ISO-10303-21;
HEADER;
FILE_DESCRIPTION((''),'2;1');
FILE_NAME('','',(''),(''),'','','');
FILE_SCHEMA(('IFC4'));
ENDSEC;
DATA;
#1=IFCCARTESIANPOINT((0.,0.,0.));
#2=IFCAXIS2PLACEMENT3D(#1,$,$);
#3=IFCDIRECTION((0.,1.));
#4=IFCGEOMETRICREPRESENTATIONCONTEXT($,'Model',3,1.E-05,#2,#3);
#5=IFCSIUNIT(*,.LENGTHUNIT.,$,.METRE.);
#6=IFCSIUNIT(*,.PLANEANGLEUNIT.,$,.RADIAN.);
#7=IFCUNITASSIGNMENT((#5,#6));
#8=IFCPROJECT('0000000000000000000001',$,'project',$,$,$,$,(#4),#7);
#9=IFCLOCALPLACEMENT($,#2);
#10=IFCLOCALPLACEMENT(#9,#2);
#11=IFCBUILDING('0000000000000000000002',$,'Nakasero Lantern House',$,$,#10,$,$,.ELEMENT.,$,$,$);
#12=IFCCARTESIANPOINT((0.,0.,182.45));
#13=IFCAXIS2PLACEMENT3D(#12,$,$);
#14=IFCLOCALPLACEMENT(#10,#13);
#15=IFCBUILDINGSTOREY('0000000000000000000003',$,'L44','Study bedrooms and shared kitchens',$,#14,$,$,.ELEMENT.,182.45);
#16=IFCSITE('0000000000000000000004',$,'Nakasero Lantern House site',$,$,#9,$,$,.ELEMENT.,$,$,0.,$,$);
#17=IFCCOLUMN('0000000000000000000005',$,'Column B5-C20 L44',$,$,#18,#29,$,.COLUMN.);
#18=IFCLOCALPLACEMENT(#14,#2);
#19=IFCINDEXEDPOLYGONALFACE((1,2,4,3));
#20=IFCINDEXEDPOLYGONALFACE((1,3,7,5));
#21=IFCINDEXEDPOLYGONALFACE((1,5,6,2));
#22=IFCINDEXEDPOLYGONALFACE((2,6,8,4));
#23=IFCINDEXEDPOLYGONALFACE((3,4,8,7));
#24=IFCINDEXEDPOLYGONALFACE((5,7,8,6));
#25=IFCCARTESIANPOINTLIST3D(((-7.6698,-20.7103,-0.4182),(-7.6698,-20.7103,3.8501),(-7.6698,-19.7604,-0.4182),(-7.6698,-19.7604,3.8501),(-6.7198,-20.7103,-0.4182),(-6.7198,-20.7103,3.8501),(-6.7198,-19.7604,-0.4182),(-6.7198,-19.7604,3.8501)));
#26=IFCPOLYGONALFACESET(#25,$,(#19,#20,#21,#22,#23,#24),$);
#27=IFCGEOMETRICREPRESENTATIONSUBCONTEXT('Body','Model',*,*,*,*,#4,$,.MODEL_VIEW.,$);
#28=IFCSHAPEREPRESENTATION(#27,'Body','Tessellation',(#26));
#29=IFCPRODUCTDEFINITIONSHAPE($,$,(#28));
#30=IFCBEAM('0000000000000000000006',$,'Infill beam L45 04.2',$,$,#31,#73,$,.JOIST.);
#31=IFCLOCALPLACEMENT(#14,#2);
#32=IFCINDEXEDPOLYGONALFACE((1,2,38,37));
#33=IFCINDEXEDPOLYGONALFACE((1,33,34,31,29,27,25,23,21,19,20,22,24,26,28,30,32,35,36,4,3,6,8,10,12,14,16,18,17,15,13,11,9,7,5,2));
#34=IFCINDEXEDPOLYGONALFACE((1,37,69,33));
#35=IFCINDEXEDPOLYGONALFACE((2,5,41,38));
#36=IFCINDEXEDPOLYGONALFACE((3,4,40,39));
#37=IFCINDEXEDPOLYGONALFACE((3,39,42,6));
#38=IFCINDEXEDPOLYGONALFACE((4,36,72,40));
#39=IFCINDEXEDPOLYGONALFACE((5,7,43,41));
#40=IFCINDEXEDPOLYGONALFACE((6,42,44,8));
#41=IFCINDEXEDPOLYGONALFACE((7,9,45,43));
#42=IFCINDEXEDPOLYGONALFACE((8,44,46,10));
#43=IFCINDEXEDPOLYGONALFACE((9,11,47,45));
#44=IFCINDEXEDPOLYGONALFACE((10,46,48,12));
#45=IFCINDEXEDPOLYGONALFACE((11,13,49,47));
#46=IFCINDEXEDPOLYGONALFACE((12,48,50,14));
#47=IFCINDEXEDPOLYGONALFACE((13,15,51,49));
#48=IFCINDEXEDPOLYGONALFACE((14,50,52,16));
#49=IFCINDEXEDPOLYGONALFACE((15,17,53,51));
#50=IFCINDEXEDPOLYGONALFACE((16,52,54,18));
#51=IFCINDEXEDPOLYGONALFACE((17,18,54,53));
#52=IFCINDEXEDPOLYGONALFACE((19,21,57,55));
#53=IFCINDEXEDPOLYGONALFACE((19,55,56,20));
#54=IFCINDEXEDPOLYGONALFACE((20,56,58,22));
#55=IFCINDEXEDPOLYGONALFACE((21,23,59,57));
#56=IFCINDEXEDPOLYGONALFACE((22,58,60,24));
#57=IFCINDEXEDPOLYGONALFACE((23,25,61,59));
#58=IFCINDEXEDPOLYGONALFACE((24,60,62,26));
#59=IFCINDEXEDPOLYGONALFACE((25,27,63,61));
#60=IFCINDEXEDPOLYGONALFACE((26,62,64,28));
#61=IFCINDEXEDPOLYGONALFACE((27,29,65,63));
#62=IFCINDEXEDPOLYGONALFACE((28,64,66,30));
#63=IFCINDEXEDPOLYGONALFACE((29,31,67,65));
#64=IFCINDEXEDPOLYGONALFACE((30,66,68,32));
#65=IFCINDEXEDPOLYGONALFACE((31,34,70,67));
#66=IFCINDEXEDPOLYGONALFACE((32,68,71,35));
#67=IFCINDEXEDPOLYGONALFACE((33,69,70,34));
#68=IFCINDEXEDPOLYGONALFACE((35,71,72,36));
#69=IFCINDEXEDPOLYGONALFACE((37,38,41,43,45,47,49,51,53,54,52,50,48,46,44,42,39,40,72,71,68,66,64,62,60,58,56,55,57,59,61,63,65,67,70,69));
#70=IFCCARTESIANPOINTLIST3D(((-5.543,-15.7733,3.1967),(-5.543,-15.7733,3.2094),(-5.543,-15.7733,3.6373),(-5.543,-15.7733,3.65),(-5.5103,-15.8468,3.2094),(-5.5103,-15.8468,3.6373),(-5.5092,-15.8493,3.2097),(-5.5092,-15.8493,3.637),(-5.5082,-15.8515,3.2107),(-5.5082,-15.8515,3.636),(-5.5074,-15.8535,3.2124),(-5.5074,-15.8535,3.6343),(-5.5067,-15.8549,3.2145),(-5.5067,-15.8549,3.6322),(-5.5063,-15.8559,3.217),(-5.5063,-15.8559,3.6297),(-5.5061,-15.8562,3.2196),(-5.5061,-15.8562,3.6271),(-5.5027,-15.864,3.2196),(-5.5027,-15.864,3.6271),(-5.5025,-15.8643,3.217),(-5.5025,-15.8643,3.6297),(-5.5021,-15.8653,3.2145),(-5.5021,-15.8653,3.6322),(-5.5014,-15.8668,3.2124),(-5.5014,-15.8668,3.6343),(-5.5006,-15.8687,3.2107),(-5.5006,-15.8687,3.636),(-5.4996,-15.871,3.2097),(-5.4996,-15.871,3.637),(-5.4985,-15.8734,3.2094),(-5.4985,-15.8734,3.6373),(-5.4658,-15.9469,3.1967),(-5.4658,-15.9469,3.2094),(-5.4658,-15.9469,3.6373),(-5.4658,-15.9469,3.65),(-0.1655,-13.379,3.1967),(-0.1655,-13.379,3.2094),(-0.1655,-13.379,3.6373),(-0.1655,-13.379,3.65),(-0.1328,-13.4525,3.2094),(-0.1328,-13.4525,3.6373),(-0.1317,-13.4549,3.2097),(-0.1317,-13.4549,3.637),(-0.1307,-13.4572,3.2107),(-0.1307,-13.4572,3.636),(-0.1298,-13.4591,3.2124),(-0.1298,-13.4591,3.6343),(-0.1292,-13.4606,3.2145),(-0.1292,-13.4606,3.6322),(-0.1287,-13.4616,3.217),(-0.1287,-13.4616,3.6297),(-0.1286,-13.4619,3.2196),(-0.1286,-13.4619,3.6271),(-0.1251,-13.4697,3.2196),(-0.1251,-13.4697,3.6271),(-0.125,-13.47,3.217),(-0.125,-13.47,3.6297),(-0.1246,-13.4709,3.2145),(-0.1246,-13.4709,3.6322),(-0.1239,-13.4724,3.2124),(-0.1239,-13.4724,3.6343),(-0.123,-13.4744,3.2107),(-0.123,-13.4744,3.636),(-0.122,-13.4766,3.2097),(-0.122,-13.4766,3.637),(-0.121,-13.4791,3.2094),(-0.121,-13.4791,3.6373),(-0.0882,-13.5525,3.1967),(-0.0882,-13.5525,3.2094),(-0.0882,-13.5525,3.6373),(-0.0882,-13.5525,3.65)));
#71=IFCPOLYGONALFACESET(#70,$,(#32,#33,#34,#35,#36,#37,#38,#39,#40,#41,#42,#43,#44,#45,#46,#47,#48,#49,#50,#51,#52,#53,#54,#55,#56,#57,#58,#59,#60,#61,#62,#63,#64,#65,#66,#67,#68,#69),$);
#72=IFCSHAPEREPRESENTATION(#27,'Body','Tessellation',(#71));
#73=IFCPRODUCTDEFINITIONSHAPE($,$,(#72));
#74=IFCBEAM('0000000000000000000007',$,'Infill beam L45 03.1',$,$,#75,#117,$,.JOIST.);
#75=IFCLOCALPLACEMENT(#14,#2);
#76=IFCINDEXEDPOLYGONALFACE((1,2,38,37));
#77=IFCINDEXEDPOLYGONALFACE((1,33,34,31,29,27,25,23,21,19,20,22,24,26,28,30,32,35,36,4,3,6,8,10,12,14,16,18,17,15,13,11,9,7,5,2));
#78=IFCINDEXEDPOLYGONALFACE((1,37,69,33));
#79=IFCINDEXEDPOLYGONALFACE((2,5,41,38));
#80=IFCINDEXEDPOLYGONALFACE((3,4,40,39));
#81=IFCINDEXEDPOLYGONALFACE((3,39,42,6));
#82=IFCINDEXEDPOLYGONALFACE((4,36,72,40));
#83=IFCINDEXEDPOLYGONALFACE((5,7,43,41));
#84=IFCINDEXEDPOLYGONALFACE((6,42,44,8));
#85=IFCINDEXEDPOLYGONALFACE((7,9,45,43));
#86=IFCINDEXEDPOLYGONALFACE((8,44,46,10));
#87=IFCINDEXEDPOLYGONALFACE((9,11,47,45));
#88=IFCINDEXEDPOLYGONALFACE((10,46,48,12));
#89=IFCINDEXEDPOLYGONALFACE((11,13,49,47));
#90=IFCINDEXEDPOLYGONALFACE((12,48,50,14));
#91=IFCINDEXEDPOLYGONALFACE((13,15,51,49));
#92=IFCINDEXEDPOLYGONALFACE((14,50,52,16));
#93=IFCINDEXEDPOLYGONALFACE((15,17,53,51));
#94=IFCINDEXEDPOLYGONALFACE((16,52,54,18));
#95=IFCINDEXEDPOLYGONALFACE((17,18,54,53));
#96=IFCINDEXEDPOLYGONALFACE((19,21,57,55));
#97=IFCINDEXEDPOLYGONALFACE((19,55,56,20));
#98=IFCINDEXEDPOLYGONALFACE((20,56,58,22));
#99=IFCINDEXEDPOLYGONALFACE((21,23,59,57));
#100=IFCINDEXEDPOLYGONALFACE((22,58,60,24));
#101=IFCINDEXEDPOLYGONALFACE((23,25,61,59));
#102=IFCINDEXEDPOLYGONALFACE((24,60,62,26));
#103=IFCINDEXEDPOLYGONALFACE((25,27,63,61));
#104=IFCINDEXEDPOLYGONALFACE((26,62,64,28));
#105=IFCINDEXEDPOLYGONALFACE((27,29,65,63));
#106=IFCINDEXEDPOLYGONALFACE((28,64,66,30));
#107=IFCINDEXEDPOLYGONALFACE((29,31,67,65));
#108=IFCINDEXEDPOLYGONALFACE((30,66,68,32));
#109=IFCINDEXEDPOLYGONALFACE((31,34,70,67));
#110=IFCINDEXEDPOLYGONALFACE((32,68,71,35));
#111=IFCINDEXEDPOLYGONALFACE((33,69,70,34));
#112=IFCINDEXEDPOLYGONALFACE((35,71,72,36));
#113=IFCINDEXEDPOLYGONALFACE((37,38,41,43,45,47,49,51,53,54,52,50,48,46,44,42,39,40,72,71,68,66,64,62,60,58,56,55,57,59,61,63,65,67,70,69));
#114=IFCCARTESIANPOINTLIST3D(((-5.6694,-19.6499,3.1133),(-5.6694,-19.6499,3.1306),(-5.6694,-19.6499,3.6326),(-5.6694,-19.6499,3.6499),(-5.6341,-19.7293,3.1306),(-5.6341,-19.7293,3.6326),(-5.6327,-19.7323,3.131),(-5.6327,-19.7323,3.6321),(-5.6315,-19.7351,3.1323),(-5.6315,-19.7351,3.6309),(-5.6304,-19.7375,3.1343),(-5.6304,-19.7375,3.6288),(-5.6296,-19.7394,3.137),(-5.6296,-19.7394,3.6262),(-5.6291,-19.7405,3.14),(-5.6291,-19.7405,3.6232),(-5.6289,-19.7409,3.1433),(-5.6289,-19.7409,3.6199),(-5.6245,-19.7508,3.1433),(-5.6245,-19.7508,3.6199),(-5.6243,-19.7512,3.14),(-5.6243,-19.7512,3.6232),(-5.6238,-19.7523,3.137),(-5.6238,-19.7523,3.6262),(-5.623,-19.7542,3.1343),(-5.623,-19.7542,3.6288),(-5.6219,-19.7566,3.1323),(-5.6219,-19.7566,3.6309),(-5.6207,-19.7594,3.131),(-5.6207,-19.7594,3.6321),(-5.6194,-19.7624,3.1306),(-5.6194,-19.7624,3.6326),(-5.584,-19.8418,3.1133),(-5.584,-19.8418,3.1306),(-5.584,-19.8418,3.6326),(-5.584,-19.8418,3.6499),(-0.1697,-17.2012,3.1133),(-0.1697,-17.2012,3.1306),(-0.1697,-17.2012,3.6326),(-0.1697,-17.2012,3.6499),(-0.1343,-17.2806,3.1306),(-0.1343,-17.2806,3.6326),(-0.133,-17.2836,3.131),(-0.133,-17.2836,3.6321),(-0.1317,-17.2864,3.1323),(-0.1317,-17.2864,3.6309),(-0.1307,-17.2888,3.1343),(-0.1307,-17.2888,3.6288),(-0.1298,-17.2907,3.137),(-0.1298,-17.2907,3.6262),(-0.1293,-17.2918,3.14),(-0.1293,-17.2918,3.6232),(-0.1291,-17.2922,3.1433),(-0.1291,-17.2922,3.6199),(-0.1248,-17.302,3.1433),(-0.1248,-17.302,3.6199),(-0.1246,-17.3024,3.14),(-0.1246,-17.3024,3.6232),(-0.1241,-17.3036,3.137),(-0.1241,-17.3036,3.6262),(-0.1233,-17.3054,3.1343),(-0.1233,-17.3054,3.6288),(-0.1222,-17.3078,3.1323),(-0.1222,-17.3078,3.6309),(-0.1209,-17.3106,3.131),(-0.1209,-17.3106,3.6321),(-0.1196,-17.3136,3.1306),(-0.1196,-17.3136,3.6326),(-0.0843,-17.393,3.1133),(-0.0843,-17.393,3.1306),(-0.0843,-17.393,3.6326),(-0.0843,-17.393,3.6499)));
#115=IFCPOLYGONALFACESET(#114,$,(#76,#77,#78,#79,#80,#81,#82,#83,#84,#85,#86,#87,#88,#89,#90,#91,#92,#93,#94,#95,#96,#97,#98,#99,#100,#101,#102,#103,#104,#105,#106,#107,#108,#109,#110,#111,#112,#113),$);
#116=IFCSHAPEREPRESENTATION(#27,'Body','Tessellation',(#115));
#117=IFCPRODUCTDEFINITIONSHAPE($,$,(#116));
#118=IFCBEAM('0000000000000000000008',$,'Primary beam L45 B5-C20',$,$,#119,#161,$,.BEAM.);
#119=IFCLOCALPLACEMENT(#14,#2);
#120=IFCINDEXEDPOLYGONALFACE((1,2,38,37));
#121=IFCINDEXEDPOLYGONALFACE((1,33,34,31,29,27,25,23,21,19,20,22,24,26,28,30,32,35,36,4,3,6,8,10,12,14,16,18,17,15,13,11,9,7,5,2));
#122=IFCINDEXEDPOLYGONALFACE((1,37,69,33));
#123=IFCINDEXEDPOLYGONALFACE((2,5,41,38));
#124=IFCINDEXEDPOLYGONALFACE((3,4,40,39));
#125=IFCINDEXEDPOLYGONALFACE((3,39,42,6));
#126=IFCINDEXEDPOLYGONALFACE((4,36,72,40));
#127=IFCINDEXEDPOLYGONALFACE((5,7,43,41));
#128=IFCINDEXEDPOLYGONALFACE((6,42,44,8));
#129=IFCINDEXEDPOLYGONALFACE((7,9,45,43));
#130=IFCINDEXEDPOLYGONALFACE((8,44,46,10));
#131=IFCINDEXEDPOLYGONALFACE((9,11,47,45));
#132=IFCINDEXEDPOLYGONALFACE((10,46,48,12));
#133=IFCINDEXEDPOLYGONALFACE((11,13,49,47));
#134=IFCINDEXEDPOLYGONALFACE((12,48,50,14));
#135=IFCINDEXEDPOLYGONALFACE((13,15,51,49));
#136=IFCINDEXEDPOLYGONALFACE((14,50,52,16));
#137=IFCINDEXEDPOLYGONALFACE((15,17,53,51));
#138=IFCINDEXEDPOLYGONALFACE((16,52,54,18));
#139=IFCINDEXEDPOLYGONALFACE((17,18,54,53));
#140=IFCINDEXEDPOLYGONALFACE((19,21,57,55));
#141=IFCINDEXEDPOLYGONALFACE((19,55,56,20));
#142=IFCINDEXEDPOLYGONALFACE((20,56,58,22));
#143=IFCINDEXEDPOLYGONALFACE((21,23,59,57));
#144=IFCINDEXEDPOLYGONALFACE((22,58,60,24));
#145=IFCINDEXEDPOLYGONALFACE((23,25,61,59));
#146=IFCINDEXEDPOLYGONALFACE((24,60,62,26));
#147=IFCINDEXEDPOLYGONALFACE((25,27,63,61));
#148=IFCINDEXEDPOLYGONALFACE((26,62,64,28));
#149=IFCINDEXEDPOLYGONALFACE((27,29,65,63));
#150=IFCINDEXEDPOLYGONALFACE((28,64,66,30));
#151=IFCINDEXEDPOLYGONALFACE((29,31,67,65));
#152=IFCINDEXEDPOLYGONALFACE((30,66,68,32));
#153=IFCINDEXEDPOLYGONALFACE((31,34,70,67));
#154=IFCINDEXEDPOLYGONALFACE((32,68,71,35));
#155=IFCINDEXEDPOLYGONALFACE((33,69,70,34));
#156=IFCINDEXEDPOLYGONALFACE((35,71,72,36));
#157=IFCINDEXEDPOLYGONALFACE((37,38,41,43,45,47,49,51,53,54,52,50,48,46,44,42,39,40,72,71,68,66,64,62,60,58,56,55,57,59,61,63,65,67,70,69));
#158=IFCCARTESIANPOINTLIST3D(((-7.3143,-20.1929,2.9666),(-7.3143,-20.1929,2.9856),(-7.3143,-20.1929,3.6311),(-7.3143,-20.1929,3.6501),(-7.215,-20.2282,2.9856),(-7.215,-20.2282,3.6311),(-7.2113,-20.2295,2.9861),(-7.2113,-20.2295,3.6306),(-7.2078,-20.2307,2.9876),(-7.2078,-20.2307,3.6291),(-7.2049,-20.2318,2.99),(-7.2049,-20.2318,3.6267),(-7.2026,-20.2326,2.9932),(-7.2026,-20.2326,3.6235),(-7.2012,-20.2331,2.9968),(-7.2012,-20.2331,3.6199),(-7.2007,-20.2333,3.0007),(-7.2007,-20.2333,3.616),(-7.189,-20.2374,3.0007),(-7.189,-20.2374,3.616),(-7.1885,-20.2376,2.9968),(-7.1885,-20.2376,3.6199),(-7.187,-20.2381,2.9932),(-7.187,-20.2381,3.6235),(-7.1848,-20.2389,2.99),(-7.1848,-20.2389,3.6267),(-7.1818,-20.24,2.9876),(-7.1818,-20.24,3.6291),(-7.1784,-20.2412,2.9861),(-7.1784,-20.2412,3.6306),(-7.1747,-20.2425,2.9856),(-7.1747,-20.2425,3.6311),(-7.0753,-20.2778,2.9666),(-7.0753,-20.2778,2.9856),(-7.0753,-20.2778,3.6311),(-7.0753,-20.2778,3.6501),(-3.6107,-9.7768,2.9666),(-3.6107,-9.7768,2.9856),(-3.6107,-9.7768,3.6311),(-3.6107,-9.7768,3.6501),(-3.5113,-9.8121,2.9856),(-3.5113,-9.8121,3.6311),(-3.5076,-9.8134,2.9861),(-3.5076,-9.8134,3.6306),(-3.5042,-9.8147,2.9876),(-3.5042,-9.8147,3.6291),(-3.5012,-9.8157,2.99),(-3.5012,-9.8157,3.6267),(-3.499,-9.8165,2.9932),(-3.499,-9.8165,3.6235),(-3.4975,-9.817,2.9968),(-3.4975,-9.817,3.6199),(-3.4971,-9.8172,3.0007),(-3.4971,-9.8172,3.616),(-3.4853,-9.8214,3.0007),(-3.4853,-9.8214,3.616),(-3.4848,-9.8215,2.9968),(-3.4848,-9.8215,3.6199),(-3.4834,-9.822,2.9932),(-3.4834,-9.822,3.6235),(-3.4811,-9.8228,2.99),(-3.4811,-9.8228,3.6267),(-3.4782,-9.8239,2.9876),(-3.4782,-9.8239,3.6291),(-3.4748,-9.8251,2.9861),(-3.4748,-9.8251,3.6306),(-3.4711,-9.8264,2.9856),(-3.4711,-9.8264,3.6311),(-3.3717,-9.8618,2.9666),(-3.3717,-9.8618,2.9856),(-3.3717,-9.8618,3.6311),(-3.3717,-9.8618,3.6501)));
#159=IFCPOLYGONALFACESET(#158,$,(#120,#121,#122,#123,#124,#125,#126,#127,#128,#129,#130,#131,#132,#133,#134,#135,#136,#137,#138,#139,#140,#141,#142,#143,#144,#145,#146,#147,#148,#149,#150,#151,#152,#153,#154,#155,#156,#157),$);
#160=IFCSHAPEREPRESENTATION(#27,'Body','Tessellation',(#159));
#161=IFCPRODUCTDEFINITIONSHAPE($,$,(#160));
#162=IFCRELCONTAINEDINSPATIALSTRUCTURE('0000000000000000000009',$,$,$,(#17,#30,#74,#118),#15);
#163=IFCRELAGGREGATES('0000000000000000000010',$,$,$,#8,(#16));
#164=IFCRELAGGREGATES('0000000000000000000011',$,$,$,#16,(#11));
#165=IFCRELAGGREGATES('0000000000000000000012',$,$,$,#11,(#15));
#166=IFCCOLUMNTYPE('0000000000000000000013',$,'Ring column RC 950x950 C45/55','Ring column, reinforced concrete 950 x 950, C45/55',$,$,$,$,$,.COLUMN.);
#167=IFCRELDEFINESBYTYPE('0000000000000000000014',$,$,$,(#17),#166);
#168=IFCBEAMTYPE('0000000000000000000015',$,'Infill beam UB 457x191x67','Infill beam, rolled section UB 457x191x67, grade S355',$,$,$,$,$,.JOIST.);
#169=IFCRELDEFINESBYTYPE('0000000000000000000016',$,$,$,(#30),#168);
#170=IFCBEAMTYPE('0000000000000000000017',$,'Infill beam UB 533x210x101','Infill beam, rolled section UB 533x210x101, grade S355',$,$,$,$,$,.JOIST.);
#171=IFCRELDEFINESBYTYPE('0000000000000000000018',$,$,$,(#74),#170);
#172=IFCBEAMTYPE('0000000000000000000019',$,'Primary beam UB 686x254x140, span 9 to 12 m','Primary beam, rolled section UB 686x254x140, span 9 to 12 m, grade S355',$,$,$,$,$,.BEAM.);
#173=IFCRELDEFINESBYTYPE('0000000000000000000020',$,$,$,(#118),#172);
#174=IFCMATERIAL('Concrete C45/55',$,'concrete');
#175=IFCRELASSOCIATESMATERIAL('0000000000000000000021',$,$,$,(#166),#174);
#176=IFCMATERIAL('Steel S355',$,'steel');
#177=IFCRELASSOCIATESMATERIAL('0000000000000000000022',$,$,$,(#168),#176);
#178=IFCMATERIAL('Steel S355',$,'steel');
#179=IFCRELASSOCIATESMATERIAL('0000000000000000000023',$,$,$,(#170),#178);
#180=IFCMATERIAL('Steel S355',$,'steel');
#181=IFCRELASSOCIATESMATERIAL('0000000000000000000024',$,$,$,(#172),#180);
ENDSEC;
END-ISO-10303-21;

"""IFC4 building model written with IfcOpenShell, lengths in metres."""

from ifc_helpers import new_model, si_unit, direction, frame, origin, origin_2d, place, context, subcontext, project, spatial, rectangle, i_section, extrude, material, material_profile, profile_set, type_object, element, save


model = new_model("IFC4")

# Units and contexts
model_context = context("Model", 3, precision=1e-05, world=origin(), true_north=direction((0.0, 1.0)))
body_context = subcontext(model_context, "Body", "Model", "MODEL_VIEW")
ifc_project = project(units=[si_unit("LENGTHUNIT", "METRE"), si_unit("PLANEANGLEUNIT", "RADIAN")], contexts=[model_context])

# Site, building, storey
site_placement = place(None, origin())
site = spatial("IfcSite", under=ifc_project, at=site_placement, Name="Nakasero Lantern House site", CompositionType="ELEMENT", RefElevation=0.0)
building_placement = place(site_placement, origin())
building = spatial("IfcBuilding", under=site, at=building_placement, Name="Nakasero Lantern House", CompositionType="ELEMENT")
storey_placement = place(building_placement, frame((0.0, 0.0, 182.45)))
storey = spatial("IfcBuildingStorey", under=building, at=storey_placement, Name="L44", Description="Study bedrooms and shared kitchens", CompositionType="ELEMENT", Elevation=182.45)

# Column
ifc_material_1 = material(Name="Concrete C45/55", Category="concrete")
ifc_material_profile_1 = material_profile(ifc_material_1, rectangle(XDim=0.95, YDim=0.95, at=origin_2d()), Name="RC 950x950")
ifc_profile_set_1 = profile_set([ifc_material_profile_1], Name="Concrete C45/55")
column_type = type_object("IfcColumnType", Name="Ring column RC 950x950 C45/55", Description="Ring column, reinforced concrete 950 x 950, C45/55", PredefinedType="COLUMN", material=ifc_profile_set_1)
column_placement = place(storey_placement, frame((-7.1948, -20.2354, -0.4182), z_axis=(0.0, 0.0, 1.0), x_axis=(1.0, 0.0, 0.0)))
element("IfcColumn", 1, at=column_placement, inside=storey, type_object=column_type, Name="Column B5-C20 L44", PredefinedType="COLUMN", context=body_context, shape_type="SweptSolid", body=[
    extrude(rectangle(XDim=0.95, YDim=0.95, at=origin_2d()), origin(), (0.0, 0.0, 1.0), 4.2683),
])

# Beams
ifc_material_2 = material(Name="Steel S355", Category="steel")
ifc_material_profile_2 = material_profile(ifc_material_2, i_section(OverallWidth=0.1899, OverallDepth=0.4534, WebThickness=0.0085, FlangeThickness=0.0127, FilletRadius=0.0103, at=origin_2d()), Name="UB 457x191x67")
ifc_profile_set_2 = profile_set([ifc_material_profile_2], Name="Steel S355")
beam_type_1 = type_object("IfcBeamType", Name="Infill beam UB 457x191x67", Description="Infill beam, rolled section UB 457x191x67, grade S355", PredefinedType="JOIST", material=ifc_profile_set_2)
beam_1_placement = place(storey_placement, frame((-5.5044, -15.8601, 3.4233), z_axis=(0.913539, 0.40675, 0.0), x_axis=(-0.40675, 0.913539, 0.0)))
element("IfcBeam", 2, at=beam_1_placement, inside=storey, type_object=beam_type_1, Name="Infill beam L45 04.2", PredefinedType="JOIST", context=body_context, shape_type="SweptSolid", body=[
    extrude(i_section(OverallWidth=0.1899, OverallDepth=0.4534, WebThickness=0.0085, FlangeThickness=0.0127, FilletRadius=0.0103, at=origin_2d()), origin(), (0.0, 0.0, 1.0), 5.8865),
])
ifc_material_3 = material(Name="Steel S355", Category="steel")
ifc_material_profile_3 = material_profile(ifc_material_3, i_section(OverallWidth=0.21, OverallDepth=0.5366, WebThickness=0.0107, FlangeThickness=0.0173, FilletRadius=0.0127, at=origin_2d()), Name="UB 533x210x101")
ifc_profile_set_3 = profile_set([ifc_material_profile_3], Name="Steel S355")
beam_type_2 = type_object("IfcBeamType", Name="Infill beam UB 533x210x101", Description="Infill beam, rolled section UB 533x210x101, grade S355", PredefinedType="JOIST", material=ifc_profile_set_3)
beam_2_placement = place(storey_placement, frame((-5.6267, -19.7458, 3.3816), z_axis=(0.91354, 0.406748, 0.0), x_axis=(-0.406748, 0.91354, 0.0)))
element("IfcBeam", 3, at=beam_2_placement, inside=storey, type_object=beam_type_2, Name="Infill beam L45 03.1", PredefinedType="JOIST", context=body_context, shape_type="SweptSolid", body=[
    extrude(i_section(OverallWidth=0.21, OverallDepth=0.5366, WebThickness=0.0107, FlangeThickness=0.0173, FilletRadius=0.0127, at=origin_2d()), origin(), (0.0, 0.0, 1.0), 6.0203),
])
ifc_material_4 = material(Name="Steel S355", Category="steel")
ifc_material_profile_4 = material_profile(ifc_material_4, i_section(OverallWidth=0.2537, OverallDepth=0.6836, WebThickness=0.0125, FlangeThickness=0.019, FilletRadius=0.0151, at=origin_2d()), Name="UB 686x254x140")
ifc_profile_set_4 = profile_set([ifc_material_profile_4], Name="Steel S355")
beam_type_3 = type_object("IfcBeamType", Name="Primary beam UB 686x254x140, span 9 to 12 m", Description="Primary beam, rolled section UB 686x254x140, span 9 to 12 m, grade S355", PredefinedType="BEAM", material=ifc_profile_set_4)
beam_3_placement = place(storey_placement, frame((-7.1948, -20.2354, 3.3083), z_axis=(0.335021, 0.942211, 0.0), x_axis=(-0.942211, 0.335021, 0.0)))
element("IfcBeam", 4, at=beam_3_placement, inside=storey, type_object=beam_type_3, Name="Primary beam L45 B5-C20", PredefinedType="BEAM", context=body_context, shape_type="SweptSolid", body=[
    extrude(i_section(OverallWidth=0.2537, OverallDepth=0.6836, WebThickness=0.0125, FlangeThickness=0.019, FilletRadius=0.0151, at=origin_2d()), origin(), (0.0, 0.0, 1.0), 11.0549),
])

save(model, "model.ifc")
